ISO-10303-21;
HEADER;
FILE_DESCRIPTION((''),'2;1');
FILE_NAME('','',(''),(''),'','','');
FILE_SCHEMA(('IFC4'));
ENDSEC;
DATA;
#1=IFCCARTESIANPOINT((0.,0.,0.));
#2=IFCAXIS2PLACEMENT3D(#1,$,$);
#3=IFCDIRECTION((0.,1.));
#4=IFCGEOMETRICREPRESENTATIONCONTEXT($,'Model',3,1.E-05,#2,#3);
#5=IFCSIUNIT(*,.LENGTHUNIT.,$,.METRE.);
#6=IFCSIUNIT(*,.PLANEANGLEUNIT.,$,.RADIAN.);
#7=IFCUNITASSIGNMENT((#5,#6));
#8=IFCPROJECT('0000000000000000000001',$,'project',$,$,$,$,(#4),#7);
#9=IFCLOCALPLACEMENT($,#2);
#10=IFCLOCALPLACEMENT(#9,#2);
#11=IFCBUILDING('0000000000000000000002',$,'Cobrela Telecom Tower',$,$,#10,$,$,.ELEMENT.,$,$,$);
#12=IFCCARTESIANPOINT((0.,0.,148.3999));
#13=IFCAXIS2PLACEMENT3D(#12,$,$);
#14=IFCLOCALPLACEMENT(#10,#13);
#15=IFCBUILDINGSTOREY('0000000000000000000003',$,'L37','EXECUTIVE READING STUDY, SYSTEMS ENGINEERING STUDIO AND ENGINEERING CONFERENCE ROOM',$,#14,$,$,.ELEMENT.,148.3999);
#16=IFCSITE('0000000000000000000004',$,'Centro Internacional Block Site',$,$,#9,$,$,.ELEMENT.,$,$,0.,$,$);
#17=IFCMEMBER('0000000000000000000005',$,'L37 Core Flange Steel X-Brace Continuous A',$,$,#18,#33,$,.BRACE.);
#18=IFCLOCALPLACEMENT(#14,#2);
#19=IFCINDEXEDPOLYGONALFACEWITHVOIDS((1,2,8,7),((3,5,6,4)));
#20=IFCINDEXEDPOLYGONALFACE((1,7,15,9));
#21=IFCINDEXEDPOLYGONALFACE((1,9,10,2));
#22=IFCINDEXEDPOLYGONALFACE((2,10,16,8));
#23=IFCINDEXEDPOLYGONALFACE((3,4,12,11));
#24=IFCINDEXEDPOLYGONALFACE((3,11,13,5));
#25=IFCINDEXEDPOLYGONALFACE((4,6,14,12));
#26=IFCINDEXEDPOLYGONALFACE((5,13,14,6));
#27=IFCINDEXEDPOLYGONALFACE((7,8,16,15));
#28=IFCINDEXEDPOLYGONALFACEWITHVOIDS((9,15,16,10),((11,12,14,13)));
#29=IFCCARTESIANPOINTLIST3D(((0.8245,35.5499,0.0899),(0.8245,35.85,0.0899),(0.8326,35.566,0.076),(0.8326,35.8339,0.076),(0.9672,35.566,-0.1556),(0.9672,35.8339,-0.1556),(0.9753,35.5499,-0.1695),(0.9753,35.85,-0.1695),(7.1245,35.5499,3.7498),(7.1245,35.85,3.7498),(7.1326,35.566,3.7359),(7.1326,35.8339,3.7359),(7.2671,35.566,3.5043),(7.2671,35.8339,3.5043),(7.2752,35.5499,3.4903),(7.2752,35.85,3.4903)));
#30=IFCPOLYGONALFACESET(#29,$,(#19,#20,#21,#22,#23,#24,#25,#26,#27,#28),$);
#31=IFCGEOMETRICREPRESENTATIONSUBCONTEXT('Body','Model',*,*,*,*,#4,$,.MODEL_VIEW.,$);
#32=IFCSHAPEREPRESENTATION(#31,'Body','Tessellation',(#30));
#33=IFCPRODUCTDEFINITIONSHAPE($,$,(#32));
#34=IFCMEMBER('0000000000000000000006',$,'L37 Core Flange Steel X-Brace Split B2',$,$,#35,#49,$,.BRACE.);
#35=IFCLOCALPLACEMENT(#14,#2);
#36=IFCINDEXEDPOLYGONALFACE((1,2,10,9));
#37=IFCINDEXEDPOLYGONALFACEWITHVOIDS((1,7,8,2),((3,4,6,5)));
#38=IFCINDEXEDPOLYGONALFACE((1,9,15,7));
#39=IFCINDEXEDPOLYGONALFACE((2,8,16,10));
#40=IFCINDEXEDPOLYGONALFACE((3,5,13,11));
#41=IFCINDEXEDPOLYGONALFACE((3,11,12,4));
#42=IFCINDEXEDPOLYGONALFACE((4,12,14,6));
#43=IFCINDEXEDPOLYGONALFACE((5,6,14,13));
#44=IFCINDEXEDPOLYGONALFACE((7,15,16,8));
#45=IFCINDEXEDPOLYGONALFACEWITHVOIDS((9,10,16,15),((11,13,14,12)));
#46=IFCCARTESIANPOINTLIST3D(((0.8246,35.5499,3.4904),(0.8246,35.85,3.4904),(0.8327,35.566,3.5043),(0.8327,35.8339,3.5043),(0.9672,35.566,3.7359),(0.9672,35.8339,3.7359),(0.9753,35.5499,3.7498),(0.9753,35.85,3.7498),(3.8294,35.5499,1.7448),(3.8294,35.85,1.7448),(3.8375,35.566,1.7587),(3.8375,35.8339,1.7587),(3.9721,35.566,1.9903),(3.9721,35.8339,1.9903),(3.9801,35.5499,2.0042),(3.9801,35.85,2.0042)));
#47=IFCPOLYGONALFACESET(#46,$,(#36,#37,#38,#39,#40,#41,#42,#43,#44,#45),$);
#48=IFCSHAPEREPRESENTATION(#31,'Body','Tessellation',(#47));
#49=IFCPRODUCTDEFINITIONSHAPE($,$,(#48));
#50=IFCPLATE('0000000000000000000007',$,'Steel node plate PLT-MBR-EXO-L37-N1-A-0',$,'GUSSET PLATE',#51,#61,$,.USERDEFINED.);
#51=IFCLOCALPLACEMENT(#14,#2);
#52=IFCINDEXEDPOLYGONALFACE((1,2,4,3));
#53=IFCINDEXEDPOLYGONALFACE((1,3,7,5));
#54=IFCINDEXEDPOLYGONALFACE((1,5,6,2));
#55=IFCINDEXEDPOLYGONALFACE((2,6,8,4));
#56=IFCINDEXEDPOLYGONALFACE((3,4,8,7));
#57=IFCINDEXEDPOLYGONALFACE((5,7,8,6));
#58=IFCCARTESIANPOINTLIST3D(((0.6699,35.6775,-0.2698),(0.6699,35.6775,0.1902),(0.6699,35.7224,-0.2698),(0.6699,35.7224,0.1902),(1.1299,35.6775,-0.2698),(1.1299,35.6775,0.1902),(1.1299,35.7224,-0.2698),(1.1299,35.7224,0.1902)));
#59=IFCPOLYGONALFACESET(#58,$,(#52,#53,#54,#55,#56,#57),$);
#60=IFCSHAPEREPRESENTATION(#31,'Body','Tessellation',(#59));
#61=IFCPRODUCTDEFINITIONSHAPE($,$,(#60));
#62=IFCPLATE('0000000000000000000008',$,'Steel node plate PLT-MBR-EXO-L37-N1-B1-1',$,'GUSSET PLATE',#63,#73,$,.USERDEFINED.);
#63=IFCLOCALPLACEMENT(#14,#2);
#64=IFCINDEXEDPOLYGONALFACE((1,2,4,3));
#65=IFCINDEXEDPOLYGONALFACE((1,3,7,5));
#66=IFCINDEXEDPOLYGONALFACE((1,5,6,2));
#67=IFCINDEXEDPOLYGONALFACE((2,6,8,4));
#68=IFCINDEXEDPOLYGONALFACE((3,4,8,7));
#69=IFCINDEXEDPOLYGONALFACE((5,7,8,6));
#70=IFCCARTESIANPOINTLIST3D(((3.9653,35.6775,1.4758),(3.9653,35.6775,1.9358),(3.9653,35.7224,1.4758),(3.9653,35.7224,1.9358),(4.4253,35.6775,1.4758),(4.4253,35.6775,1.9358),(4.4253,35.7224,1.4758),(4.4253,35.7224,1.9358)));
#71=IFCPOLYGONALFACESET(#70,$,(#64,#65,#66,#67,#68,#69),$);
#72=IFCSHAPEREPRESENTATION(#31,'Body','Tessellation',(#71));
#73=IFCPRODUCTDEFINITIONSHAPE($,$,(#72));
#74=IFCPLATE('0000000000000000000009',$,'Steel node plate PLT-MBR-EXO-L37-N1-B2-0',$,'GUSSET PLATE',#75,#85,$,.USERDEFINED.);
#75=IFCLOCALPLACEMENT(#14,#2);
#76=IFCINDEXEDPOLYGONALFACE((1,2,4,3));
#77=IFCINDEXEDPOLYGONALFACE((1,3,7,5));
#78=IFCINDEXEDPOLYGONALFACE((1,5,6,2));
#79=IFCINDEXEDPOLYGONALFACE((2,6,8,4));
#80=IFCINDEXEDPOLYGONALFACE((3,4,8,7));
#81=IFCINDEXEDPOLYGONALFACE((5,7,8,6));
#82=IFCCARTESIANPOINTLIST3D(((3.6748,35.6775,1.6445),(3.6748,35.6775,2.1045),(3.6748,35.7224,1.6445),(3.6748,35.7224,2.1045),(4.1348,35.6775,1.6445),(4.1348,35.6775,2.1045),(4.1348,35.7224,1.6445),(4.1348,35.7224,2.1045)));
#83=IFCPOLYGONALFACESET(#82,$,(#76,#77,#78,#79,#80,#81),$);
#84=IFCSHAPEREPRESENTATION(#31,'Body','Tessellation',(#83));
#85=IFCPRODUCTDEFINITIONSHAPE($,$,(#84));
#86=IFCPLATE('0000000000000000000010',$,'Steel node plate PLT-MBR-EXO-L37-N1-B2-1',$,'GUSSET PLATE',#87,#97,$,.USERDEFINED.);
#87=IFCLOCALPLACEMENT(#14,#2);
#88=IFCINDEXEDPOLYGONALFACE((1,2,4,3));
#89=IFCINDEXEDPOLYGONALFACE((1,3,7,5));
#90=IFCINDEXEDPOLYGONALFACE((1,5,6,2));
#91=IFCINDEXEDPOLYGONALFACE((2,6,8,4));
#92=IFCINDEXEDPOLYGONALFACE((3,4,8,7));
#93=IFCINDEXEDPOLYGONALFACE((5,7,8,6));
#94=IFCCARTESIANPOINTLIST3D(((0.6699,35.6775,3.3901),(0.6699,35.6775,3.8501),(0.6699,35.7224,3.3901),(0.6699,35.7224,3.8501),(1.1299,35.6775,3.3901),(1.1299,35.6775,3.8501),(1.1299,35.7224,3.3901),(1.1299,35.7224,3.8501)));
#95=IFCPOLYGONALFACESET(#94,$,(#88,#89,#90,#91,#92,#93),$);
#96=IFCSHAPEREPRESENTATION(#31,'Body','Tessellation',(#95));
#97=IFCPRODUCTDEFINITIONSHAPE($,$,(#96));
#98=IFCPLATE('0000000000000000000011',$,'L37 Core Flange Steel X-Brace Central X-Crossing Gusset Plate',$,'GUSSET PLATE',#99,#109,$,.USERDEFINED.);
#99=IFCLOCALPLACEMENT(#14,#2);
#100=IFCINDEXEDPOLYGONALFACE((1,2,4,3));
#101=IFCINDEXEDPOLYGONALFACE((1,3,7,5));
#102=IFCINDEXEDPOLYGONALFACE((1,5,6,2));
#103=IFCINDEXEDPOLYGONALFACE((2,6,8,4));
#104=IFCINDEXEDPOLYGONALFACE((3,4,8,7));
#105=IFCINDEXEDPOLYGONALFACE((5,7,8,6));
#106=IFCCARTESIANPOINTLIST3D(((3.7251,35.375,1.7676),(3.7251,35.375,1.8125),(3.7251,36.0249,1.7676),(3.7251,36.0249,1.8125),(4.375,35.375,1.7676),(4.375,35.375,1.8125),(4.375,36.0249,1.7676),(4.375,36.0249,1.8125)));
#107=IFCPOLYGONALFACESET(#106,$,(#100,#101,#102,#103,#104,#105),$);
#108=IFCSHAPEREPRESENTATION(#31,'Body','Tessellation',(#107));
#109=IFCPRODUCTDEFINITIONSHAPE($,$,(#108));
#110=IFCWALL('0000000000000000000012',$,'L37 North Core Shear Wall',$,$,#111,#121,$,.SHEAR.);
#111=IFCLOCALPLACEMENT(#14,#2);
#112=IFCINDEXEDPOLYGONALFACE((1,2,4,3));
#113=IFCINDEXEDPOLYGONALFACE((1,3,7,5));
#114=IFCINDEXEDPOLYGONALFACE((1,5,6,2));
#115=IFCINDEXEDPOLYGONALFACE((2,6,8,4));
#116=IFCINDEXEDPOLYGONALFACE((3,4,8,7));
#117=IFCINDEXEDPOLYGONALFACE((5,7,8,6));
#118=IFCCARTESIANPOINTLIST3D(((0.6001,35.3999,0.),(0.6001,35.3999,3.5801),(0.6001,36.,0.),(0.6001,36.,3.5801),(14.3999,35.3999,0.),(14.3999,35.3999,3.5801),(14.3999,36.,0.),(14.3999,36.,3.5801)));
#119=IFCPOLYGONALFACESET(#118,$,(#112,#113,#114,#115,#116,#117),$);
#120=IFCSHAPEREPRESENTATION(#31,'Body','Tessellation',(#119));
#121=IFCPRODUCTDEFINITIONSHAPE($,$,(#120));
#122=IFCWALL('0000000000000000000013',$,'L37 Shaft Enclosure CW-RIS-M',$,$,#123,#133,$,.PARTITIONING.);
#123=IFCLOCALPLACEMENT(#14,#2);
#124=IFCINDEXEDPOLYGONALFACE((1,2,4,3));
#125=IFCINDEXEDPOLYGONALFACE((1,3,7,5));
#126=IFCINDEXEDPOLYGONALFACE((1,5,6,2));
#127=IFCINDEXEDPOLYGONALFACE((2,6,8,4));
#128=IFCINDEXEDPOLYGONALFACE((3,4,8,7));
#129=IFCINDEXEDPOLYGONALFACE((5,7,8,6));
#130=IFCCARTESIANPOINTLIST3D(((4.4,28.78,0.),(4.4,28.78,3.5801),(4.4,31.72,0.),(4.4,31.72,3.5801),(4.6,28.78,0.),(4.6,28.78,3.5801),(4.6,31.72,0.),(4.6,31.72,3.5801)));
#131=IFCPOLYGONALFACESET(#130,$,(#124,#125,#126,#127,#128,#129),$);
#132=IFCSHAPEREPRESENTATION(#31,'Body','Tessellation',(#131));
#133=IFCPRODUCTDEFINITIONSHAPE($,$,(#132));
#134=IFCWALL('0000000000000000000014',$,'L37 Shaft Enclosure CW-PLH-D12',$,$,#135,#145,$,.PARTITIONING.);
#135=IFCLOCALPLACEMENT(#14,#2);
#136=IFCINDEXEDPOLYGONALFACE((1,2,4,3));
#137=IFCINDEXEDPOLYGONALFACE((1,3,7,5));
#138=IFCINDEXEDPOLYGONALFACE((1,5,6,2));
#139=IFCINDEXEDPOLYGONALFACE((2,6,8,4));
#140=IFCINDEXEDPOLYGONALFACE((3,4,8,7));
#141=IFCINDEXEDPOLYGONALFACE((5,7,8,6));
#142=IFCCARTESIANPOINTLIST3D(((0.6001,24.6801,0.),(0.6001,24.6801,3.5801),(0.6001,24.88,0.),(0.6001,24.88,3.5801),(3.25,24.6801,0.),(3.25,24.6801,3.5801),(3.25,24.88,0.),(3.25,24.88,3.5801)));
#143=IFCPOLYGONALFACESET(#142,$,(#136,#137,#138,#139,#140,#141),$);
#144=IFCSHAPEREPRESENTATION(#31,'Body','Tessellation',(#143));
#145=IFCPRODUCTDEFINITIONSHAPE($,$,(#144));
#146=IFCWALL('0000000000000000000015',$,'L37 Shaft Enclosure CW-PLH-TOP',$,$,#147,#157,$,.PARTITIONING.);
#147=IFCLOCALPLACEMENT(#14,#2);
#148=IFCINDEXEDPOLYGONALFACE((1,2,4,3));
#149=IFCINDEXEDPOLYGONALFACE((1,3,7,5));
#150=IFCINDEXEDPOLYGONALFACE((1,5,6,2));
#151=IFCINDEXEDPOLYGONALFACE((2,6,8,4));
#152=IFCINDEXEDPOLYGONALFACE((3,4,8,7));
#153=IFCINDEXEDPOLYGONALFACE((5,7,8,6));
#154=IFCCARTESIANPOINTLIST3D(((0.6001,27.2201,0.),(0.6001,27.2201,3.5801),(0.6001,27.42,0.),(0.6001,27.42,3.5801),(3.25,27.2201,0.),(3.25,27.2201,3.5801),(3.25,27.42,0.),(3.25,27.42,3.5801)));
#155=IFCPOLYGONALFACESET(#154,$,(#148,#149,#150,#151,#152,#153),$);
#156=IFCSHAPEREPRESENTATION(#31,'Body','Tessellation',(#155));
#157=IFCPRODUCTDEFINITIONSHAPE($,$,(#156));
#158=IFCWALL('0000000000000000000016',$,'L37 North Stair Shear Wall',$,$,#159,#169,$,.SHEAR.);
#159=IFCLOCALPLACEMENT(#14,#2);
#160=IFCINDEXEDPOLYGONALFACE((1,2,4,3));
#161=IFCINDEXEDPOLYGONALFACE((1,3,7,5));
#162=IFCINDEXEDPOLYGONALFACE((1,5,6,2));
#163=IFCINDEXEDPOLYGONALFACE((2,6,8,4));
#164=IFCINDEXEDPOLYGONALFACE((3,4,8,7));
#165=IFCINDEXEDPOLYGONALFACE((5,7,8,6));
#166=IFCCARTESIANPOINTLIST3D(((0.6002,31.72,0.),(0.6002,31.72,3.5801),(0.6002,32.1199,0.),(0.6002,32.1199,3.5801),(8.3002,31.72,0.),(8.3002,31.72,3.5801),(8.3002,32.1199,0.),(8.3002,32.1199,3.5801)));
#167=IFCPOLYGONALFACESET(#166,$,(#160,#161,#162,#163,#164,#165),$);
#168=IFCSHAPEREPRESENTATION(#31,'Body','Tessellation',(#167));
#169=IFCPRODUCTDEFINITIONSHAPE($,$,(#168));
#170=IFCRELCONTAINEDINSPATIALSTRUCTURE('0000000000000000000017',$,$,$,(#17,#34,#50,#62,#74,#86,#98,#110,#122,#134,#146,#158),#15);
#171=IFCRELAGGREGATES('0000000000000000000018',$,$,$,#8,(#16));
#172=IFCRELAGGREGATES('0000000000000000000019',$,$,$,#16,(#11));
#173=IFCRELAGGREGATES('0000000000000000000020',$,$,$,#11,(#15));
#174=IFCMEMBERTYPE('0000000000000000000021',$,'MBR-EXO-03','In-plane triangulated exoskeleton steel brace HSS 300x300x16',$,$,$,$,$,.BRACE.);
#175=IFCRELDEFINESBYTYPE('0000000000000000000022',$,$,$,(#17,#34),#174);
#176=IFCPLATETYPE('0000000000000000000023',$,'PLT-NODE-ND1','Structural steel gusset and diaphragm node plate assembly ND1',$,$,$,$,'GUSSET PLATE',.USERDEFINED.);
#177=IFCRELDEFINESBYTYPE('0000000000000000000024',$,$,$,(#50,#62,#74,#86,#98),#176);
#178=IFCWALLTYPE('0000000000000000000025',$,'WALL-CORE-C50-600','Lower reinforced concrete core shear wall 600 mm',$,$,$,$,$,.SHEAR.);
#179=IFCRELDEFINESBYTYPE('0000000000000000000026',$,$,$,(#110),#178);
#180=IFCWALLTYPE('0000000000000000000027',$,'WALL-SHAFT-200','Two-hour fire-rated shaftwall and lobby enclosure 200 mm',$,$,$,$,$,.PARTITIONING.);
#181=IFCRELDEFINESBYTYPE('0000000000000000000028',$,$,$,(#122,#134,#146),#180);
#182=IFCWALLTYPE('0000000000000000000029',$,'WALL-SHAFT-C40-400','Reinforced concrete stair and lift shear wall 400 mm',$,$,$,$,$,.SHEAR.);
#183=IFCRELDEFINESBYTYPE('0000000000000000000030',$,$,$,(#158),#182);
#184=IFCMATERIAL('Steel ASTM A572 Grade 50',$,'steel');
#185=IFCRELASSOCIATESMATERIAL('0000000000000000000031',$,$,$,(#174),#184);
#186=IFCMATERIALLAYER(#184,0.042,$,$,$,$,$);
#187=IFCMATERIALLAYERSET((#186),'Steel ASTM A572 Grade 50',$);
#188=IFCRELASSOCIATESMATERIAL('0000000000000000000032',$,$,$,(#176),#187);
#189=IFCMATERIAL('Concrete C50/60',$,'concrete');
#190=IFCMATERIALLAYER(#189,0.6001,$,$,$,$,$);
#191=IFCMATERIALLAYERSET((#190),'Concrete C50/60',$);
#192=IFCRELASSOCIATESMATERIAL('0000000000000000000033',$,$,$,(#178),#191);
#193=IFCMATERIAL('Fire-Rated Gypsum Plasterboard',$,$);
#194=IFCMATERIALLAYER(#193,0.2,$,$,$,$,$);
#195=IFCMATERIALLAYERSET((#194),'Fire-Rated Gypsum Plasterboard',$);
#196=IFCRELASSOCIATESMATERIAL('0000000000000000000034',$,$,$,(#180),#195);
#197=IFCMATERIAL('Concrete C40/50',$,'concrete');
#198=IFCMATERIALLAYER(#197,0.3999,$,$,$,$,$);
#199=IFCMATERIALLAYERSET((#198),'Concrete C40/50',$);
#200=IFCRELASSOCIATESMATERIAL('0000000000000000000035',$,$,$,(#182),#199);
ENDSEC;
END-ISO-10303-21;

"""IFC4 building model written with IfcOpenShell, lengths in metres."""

from ifc_helpers import new_model, si_unit, direction, frame, frame_2d, origin, origin_2d, place, context, subcontext, project, spatial, rectangle, hollow_rectangle, extrude, material, layer, layer_set, material_profile, profile_set, type_object, element, save


model = new_model("IFC4")

# Units and contexts
model_context = context("Model", 3, precision=1e-05, world=origin(), true_north=direction((0.0, 1.0)))
body_context = subcontext(model_context, "Body", "Model", "MODEL_VIEW")
ifc_project = project(units=[si_unit("LENGTHUNIT", "METRE"), si_unit("PLANEANGLEUNIT", "RADIAN")], contexts=[model_context])

# Site, building, storey
site_placement = place(None, origin())
site = spatial("IfcSite", under=ifc_project, at=site_placement, Name="Centro Internacional Block Site", CompositionType="ELEMENT", RefElevation=0.0)
building_placement = place(site_placement, origin())
building = spatial("IfcBuilding", under=site, at=building_placement, Name="Cobrela Telecom Tower", CompositionType="ELEMENT")
storey_placement = place(building_placement, frame((0.0, 0.0, 148.3999)))
storey = spatial("IfcBuildingStorey", under=building, at=storey_placement, Name="L37", Description="EXECUTIVE READING STUDY, SYSTEMS ENGINEERING STUDIO AND ENGINEERING CONFERENCE ROOM", CompositionType="ELEMENT", Elevation=148.3999)

# Members
ifc_material_1 = material(Name="Steel ASTM A572 Grade 50", Category="steel")
ifc_material_profile = material_profile(ifc_material_1, hollow_rectangle(XDim=0.3, YDim=0.3, WallThickness=0.0161, at=origin_2d()), Name="HSS 300x300x16")
ifc_profile_set = profile_set([ifc_material_profile], Name="Steel ASTM A572 Grade 50")
member_type = type_object("IfcMemberType", Name="MBR-EXO-03", Description="In-plane triangulated exoskeleton steel brace HSS 300x300x16", PredefinedType="BRACE", material=ifc_profile_set)
member_1_placement = place(storey_placement, frame((0.8999, 35.7, -0.0398), z_axis=(0.864681, 0.0, 0.502322), x_axis=(0.0, 1.0, 0.0)))
element("IfcMember", 1, at=member_1_placement, inside=storey, type_object=member_type, Name="L37 Core Flange Steel X-Brace Continuous A", PredefinedType="BRACE", context=body_context, shape_type="SweptSolid", body=[
    extrude(hollow_rectangle(XDim=0.3, YDim=0.3, WallThickness=0.0161, at=origin_2d()), origin(), (0.0, 0.0, 1.0), 7.2859),
])
member_2_placement = place(storey_placement, frame((3.9048, 35.7, 1.8745), z_axis=(-0.864685, 0.0, 0.502315), x_axis=(0.0, -1.0, 0.0)))
element("IfcMember", 2, at=member_2_placement, inside=storey, type_object=member_type, Name="L37 Core Flange Steel X-Brace Split B2", PredefinedType="BRACE", context=body_context, shape_type="SweptSolid", body=[
    extrude(hollow_rectangle(XDim=0.3, YDim=0.3, WallThickness=0.0161, at=origin_2d()), origin(), (0.0, 0.0, 1.0), 3.4751),
])

# Plates
ifc_layer_1 = layer(ifc_material_1, 0.042)
ifc_layer_set_1 = layer_set([ifc_layer_1], Name="Steel ASTM A572 Grade 50")
plate_type = type_object("IfcPlateType", Name="PLT-NODE-ND1", Description="Structural steel gusset and diaphragm node plate assembly ND1", ElementType="GUSSET PLATE", PredefinedType="USERDEFINED", material=ifc_layer_set_1)
for number, where, z_axis, x_axis, name in (
    (3, (0.8999, 35.7, -0.2698), (0.0, 0.0, 1.0), (1.0, 0.0, 0.0), "Steel node plate PLT-MBR-EXO-L37-N1-A-0"),
    (4, (4.1953, 35.7, 1.4758), (0.0, 0.0, 1.0), (-1.0, 0.0, 0.0), "Steel node plate PLT-MBR-EXO-L37-N1-B1-1"),
    (5, (3.9048, 35.7, 1.6445), (0.0, 0.0, 1.0), (-1.0, 0.0, 0.0), "Steel node plate PLT-MBR-EXO-L37-N1-B2-0"),
    (6, (0.8999, 35.7, 3.3901), (0.0, 0.0, 1.0), (-1.0, 0.0, 0.0), "Steel node plate PLT-MBR-EXO-L37-N1-B2-1"),
):
    element("IfcPlate", number, at=place(storey_placement, frame(where, z_axis=z_axis, x_axis=x_axis)), inside=storey, type_object=plate_type, Name=name, ObjectType="GUSSET PLATE", PredefinedType="USERDEFINED", context=body_context, shape_type="SweptSolid", body=[
        extrude(rectangle(XDim=0.46, YDim=0.0449, at=origin_2d()), origin(), (0.0, 0.0, 1.0), 0.46),
    ])
plate_placement = place(storey_placement, frame((4.05, 35.7, 1.7676), z_axis=(0.0, 0.0, 1.0), x_axis=(1.0, 0.0, 0.0)))
element("IfcPlate", 7, at=plate_placement, inside=storey, type_object=plate_type, Name="L37 Core Flange Steel X-Brace Central X-Crossing Gusset Plate", ObjectType="GUSSET PLATE", PredefinedType="USERDEFINED", context=body_context, shape_type="SweptSolid", body=[
    extrude(rectangle(XDim=0.6499, YDim=0.6499, at=origin_2d()), origin(), (0.0, 0.0, 1.0), 0.0449),
])

# Wall
ifc_material_2 = material(Name="Concrete C50/60", Category="concrete")
ifc_layer_2 = layer(ifc_material_2, 0.6001)
ifc_layer_set_2 = layer_set([ifc_layer_2], Name="Concrete C50/60")
wall_type_1 = type_object("IfcWallType", Name="WALL-CORE-C50-600", Description="Lower reinforced concrete core shear wall 600 mm", PredefinedType="SHEAR", material=ifc_layer_set_2)
wall_1_placement = place(storey_placement, frame((0.6001, 35.7, 0.0), z_axis=(0.0, 0.0, 1.0), x_axis=(1.0, 0.0, 0.0)))
element("IfcWall", 8, at=wall_1_placement, inside=storey, type_object=wall_type_1, Name="L37 North Core Shear Wall", PredefinedType="SHEAR", context=body_context, shape_type="SweptSolid", body=[
    extrude(rectangle(XDim=13.7998, YDim=0.6001, at=frame_2d((6.8999, 0.0))), origin(), (0.0, 0.0, 1.0), 3.5801),
])

# Shared definitions
ifc_material_3 = material(Name="Fire-Rated Gypsum Plasterboard")
ifc_layer_3 = layer(ifc_material_3, 0.2)
ifc_layer_set_3 = layer_set([ifc_layer_3], Name="Fire-Rated Gypsum Plasterboard")
wall_type_2 = type_object("IfcWallType", Name="WALL-SHAFT-200", Description="Two-hour fire-rated shaftwall and lobby enclosure 200 mm", PredefinedType="PARTITIONING", material=ifc_layer_set_3)

# Walls
wall_2_placement = place(storey_placement, frame((4.5, 28.78, 0.0), z_axis=(0.0, 0.0, 1.0), x_axis=(0.0, 1.0, 0.0)))
element("IfcWall", 9, at=wall_2_placement, inside=storey, type_object=wall_type_2, Name="L37 Shaft Enclosure CW-RIS-M", PredefinedType="PARTITIONING", context=body_context, shape_type="SweptSolid", body=[
    extrude(rectangle(XDim=2.9399, YDim=0.2, at=frame_2d((1.47, 0.0))), origin(), (0.0, 0.0, 1.0), 3.5801),
])
for number, where, z_axis, x_axis, name in (
    (10, (0.6001, 24.78, 0.0), (0.0, 0.0, 1.0), (1.0, 0.0, 0.0), "L37 Shaft Enclosure CW-PLH-D12"),
    (11, (0.6001, 27.3201, 0.0), (0.0, 0.0, 1.0), (1.0, 0.0, 0.0), "L37 Shaft Enclosure CW-PLH-TOP"),
):
    element("IfcWall", number, at=place(storey_placement, frame(where, z_axis=z_axis, x_axis=x_axis)), inside=storey, type_object=wall_type_2, Name=name, PredefinedType="PARTITIONING", context=body_context, shape_type="SweptSolid", body=[
        extrude(rectangle(XDim=2.6499, YDim=0.2, at=frame_2d((1.325, 0.0))), origin(), (0.0, 0.0, 1.0), 3.5801),
    ])
ifc_material_4 = material(Name="Concrete C40/50", Category="concrete")
ifc_layer_4 = layer(ifc_material_4, 0.3999)
ifc_layer_set_4 = layer_set([ifc_layer_4], Name="Concrete C40/50")
wall_type_3 = type_object("IfcWallType", Name="WALL-SHAFT-C40-400", Description="Reinforced concrete stair and lift shear wall 400 mm", PredefinedType="SHEAR", material=ifc_layer_set_4)
wall_3_placement = place(storey_placement, frame((0.6001, 31.9199, 0.0), z_axis=(0.0, 0.0, 1.0), x_axis=(1.0, 0.0, 0.0)))
element("IfcWall", 12, at=wall_3_placement, inside=storey, type_object=wall_type_3, Name="L37 North Stair Shear Wall", PredefinedType="SHEAR", context=body_context, shape_type="SweptSolid", body=[
    extrude(rectangle(XDim=7.7, YDim=0.3999, at=frame_2d((3.8501, 0.0))), origin(), (0.0, 0.0, 1.0), 3.5801),
])

save(model, "model.ifc")
